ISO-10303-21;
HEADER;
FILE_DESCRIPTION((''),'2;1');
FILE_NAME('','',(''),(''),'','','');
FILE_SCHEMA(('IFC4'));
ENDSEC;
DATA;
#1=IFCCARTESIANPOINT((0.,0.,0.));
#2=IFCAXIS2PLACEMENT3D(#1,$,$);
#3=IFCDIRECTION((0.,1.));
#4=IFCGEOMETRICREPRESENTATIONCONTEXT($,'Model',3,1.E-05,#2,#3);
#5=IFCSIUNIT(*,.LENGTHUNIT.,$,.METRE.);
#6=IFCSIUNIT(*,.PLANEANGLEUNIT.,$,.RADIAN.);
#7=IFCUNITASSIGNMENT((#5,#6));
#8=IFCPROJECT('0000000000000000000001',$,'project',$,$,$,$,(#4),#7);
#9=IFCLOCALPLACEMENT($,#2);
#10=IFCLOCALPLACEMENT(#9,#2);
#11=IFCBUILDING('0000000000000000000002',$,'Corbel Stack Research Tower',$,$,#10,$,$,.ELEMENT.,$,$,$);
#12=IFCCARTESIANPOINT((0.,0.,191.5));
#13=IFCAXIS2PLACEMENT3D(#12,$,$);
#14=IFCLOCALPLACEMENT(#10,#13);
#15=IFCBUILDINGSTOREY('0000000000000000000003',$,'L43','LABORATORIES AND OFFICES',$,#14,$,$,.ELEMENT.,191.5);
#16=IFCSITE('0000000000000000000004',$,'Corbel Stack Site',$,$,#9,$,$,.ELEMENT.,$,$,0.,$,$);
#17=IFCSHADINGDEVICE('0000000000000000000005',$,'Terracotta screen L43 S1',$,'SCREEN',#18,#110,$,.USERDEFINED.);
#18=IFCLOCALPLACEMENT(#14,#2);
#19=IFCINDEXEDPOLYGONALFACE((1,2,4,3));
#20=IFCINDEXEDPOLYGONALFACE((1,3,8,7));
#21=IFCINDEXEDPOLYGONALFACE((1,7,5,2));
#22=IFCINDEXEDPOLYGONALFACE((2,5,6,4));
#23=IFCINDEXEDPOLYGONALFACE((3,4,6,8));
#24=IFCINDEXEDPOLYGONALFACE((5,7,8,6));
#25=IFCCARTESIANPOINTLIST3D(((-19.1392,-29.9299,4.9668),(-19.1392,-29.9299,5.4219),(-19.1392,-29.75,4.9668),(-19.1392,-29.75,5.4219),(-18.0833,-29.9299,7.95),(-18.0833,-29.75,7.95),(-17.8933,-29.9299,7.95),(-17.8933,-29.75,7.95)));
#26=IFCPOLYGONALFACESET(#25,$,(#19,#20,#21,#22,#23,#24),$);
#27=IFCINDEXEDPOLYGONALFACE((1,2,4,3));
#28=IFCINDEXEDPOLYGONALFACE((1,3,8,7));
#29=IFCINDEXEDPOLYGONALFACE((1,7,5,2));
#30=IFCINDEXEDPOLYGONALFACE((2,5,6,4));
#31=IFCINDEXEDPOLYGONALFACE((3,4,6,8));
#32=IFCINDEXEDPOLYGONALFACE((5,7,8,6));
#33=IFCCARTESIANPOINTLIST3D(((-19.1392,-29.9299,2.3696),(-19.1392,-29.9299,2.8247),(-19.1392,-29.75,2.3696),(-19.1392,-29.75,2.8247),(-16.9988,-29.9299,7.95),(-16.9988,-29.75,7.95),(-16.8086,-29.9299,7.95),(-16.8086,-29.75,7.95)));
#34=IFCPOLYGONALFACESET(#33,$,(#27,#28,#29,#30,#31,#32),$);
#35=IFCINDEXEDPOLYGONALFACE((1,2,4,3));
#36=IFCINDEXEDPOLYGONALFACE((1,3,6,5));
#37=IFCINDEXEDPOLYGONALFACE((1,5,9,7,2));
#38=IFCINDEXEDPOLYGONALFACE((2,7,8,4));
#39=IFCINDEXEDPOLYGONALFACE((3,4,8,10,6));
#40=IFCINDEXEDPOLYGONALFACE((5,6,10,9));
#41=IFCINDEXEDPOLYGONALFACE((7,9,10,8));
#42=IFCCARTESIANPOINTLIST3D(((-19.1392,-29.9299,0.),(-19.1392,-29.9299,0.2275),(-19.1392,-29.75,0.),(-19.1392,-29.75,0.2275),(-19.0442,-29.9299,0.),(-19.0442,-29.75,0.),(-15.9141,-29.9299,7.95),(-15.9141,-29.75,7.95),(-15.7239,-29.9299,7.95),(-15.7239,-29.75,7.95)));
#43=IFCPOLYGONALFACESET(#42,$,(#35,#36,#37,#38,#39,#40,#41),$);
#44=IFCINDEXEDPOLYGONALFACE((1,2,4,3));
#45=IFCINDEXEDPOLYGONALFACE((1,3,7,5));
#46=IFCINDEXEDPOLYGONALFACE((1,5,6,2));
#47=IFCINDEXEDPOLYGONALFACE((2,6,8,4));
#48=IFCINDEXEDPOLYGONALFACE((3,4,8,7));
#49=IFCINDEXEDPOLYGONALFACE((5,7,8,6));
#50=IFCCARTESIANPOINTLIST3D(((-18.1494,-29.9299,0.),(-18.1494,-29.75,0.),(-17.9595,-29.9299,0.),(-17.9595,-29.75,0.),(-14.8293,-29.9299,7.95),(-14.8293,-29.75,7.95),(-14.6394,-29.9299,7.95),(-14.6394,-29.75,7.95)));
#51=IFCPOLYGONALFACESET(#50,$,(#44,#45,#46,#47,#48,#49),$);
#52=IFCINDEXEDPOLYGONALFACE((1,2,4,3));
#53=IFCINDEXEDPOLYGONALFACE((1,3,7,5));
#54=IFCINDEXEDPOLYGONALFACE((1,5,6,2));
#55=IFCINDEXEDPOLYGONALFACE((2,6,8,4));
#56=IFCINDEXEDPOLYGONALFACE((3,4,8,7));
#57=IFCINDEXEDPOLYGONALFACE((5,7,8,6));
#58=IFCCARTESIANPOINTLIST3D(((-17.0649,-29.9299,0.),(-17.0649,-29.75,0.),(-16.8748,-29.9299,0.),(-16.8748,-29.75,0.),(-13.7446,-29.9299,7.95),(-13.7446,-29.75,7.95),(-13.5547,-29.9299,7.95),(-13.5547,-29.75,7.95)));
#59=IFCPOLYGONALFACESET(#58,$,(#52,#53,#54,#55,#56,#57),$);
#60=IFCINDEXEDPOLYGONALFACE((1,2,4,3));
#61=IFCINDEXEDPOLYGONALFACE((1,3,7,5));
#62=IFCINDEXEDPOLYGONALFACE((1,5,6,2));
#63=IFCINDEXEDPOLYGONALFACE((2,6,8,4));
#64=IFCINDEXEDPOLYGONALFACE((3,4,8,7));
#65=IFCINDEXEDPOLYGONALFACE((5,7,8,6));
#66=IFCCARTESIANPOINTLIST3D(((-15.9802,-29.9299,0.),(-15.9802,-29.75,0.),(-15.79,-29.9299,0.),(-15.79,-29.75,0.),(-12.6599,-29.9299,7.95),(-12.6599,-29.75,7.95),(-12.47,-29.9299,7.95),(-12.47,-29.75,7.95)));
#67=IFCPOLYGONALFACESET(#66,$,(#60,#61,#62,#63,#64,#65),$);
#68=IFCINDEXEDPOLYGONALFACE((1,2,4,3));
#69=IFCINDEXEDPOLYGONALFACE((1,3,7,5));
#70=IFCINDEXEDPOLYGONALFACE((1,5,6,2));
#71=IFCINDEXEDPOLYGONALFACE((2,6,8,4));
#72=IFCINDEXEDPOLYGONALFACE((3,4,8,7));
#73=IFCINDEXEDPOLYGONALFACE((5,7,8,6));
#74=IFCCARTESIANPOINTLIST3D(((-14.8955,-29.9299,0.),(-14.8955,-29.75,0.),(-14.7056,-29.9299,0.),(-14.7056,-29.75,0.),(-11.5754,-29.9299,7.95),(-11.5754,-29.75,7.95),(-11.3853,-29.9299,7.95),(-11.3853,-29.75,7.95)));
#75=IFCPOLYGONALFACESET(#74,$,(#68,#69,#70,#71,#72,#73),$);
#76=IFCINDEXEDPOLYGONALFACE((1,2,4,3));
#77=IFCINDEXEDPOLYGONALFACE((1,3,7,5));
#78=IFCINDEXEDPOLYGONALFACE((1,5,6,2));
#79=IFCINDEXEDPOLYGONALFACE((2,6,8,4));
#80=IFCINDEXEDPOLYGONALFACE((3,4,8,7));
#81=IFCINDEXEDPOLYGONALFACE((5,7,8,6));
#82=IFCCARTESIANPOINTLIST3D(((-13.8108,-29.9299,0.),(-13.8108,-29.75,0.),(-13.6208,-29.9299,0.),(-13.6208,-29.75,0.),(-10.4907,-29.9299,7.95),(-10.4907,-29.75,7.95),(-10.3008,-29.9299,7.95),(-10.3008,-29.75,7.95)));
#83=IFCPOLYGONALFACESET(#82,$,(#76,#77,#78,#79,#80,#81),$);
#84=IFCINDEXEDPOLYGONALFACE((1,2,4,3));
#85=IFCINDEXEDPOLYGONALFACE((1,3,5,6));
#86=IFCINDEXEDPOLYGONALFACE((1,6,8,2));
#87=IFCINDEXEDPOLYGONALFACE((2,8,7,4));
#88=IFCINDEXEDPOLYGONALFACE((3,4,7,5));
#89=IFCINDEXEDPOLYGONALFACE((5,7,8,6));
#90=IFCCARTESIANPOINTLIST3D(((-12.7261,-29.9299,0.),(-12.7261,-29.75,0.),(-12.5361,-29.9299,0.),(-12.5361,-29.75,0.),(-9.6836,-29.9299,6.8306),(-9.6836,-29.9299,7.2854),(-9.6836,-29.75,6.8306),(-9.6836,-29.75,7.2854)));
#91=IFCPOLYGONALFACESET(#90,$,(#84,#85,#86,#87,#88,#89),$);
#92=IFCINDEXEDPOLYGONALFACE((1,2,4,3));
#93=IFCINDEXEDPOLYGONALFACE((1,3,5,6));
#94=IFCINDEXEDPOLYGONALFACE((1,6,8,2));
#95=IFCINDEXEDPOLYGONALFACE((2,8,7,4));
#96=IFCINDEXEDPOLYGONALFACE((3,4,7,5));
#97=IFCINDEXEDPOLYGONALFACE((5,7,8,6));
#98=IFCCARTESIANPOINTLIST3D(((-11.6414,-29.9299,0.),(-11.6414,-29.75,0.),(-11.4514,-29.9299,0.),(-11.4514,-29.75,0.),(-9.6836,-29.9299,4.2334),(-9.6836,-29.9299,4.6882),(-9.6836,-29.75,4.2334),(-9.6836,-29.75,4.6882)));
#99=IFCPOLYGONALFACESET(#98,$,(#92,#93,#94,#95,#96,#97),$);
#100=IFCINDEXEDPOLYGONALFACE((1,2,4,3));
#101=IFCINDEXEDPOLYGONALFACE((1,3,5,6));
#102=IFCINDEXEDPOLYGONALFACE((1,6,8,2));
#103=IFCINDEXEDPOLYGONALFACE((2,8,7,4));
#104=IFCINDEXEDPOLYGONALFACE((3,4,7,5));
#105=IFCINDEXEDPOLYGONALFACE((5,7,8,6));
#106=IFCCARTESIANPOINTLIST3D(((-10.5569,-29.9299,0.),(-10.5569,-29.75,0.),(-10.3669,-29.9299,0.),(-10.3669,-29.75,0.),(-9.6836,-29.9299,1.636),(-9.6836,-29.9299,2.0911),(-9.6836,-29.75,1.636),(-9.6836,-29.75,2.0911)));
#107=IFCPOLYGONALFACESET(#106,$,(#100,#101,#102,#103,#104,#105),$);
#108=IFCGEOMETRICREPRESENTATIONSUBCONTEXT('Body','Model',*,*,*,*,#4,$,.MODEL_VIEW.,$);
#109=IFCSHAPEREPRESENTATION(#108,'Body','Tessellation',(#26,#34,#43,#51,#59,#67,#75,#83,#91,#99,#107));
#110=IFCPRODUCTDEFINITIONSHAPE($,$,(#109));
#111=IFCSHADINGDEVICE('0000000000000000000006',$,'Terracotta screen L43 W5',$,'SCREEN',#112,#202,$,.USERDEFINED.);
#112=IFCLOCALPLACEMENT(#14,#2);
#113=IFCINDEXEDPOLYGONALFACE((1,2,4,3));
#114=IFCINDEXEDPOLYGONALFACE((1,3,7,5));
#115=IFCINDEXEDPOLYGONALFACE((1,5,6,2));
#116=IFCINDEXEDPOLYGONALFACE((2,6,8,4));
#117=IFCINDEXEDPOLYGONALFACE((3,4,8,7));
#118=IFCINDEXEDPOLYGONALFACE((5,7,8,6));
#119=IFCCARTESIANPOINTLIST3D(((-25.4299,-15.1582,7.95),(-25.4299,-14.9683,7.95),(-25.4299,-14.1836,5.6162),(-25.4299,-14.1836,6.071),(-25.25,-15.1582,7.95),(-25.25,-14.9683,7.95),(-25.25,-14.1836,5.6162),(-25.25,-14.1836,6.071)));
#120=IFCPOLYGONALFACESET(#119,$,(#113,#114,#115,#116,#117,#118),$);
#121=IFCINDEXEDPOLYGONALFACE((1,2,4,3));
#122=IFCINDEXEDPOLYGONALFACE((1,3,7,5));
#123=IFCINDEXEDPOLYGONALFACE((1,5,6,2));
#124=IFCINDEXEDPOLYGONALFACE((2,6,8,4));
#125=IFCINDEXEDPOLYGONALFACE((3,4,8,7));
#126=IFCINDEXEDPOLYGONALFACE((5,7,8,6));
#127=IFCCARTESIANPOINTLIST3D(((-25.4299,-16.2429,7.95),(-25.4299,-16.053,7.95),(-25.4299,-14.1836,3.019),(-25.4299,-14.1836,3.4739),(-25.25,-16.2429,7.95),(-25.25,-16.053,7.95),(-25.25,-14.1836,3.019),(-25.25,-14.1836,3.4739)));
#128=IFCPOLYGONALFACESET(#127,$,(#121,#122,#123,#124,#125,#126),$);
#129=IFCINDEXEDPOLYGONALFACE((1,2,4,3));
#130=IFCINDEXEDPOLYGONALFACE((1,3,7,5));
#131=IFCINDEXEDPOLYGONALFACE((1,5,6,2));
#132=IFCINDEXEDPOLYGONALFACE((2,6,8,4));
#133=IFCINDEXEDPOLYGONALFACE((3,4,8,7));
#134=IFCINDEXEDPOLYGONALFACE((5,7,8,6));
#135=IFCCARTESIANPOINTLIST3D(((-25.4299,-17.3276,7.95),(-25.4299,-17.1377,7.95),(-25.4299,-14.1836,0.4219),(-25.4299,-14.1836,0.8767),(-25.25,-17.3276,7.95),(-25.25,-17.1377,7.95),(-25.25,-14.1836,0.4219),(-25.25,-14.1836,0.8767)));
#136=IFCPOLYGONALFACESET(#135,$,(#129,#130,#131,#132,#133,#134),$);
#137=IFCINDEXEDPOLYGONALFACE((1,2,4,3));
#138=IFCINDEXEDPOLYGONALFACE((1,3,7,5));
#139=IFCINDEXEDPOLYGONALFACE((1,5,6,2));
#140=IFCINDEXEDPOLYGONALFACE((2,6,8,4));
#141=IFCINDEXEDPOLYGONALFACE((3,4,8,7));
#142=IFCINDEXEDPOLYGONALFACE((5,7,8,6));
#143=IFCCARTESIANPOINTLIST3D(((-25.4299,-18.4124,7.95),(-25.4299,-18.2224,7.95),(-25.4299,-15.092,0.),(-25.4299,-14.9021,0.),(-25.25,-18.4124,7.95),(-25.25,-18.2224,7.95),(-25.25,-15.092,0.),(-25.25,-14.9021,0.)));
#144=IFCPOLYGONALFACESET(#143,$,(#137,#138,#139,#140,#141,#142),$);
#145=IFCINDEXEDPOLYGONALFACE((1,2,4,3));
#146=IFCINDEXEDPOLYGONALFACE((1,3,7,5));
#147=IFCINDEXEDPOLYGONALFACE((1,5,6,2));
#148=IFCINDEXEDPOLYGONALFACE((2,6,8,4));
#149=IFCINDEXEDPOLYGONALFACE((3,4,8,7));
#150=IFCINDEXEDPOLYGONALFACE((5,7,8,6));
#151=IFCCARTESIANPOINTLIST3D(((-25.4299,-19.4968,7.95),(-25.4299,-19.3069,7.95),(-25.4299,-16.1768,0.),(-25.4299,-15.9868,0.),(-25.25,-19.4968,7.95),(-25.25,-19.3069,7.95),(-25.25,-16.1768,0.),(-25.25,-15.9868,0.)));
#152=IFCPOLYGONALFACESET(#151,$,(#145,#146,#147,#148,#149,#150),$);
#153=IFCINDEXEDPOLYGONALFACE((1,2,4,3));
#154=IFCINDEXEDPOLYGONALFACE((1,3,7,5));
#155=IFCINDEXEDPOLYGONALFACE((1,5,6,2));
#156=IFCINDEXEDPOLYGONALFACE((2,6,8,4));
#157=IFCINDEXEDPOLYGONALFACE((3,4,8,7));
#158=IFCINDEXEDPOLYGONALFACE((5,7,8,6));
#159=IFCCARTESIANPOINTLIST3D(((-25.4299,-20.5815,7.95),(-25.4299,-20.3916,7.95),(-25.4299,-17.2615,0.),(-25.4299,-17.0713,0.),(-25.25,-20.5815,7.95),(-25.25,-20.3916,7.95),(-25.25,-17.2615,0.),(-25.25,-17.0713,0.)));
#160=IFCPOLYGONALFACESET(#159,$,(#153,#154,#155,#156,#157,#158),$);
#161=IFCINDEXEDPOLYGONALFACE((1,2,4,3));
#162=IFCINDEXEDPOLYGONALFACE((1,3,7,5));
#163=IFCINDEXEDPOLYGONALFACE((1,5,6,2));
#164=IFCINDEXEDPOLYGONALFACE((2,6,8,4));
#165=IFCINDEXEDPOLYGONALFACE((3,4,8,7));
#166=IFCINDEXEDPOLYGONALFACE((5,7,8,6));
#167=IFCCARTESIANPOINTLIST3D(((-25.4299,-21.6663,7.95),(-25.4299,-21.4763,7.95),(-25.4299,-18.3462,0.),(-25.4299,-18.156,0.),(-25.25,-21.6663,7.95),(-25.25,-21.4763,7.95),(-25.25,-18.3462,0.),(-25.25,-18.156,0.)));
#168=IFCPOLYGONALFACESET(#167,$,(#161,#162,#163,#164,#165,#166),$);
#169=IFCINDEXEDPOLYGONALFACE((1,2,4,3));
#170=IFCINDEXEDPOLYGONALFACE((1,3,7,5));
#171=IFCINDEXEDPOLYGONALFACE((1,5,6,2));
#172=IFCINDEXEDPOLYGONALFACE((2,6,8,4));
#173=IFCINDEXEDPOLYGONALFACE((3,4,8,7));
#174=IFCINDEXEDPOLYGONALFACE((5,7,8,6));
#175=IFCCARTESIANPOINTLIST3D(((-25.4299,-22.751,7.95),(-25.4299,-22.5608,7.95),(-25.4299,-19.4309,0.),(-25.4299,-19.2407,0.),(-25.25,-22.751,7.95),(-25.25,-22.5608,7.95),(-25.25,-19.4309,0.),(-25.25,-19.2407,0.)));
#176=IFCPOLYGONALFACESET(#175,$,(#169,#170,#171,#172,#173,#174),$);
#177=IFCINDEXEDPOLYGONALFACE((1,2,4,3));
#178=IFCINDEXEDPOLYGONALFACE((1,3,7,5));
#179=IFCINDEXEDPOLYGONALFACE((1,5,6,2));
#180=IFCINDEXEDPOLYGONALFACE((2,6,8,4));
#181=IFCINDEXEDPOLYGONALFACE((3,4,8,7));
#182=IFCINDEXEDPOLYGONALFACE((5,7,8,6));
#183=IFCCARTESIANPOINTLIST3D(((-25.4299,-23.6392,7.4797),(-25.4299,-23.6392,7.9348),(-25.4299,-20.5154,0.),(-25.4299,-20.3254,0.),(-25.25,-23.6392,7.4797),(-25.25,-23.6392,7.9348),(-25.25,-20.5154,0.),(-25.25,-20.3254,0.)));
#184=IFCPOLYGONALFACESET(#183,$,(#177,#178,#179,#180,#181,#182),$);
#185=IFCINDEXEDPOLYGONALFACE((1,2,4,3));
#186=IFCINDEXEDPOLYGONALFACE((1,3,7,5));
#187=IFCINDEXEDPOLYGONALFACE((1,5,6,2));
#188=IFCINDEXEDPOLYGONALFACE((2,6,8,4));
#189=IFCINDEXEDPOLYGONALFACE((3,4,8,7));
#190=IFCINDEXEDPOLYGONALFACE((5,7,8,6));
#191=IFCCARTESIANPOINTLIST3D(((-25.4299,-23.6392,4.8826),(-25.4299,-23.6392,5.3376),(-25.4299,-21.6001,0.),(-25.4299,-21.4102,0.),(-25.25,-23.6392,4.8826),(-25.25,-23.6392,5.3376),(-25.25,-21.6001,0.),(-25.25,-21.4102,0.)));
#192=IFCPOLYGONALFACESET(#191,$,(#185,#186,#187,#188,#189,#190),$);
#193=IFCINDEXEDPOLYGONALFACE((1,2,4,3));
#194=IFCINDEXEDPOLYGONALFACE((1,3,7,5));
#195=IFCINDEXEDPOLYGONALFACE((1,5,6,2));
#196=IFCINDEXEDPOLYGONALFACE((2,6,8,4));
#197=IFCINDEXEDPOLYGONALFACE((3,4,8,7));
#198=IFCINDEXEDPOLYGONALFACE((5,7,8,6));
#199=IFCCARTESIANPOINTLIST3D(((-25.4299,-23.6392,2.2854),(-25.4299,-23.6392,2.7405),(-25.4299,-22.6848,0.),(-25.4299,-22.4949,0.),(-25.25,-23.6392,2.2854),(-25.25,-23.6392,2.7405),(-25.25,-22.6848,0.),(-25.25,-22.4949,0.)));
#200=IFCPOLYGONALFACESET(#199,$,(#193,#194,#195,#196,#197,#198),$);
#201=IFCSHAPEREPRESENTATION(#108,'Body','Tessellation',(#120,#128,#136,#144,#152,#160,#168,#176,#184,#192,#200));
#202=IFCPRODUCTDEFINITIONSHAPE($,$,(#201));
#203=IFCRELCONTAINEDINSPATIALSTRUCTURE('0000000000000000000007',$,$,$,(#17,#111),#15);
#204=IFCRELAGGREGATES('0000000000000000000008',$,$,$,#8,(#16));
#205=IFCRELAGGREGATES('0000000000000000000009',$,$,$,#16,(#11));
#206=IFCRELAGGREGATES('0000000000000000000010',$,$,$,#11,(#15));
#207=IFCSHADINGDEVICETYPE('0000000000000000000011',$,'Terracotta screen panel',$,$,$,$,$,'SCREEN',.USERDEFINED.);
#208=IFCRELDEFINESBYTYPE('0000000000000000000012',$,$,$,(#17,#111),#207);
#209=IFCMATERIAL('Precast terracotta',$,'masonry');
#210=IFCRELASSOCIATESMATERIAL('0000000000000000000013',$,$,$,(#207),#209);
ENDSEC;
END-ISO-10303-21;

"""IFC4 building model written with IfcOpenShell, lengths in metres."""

from ifc_helpers import new_model, si_unit, direction, frame, origin, place, context, subcontext, project, spatial, polyline, outline, extrude, source, transform, mapped, material, type_object, element, save


model = new_model("IFC4")

# Units and contexts
model_context = context("Model", 3, precision=1e-05, world=origin(), true_north=direction((0.0, 1.0)))
body_context = subcontext(model_context, "Body", "Model", "MODEL_VIEW")
ifc_project = project(units=[si_unit("LENGTHUNIT", "METRE"), si_unit("PLANEANGLEUNIT", "RADIAN")], contexts=[model_context])

# Site, building, storey
site_placement = place(None, origin())
site = spatial("IfcSite", under=ifc_project, at=site_placement, Name="Corbel Stack Site", CompositionType="ELEMENT", RefElevation=0.0)
building_placement = place(site_placement, origin())
building = spatial("IfcBuilding", under=site, at=building_placement, Name="Corbel Stack Research Tower", CompositionType="ELEMENT")
storey_placement = place(building_placement, frame((0.0, 0.0, 191.5)))
storey = spatial("IfcBuildingStorey", under=building, at=storey_placement, Name="L43", Description="LABORATORIES AND OFFICES", CompositionType="ELEMENT", Elevation=191.5)

# Shading devices
ifc_material_1 = material(Name="Precast terracotta", Category="masonry")
shading_device_type = type_object("IfcShadingDeviceType", Name="Terracotta screen panel", ElementType="SCREEN", PredefinedType="USERDEFINED", material=ifc_material_1)
shared_shape_1 = source(origin(), body_context, "Body", "SweptSolid", [
    extrude(outline(polyline([(1.2458, 7.95), (1.0559, 7.95), (0.0, 5.4219), (0.0, 4.9668), (1.2458, 7.95)])), frame((0.0, 0.0, 0.0), z_axis=(0.0, -1.0, 0.0), x_axis=(1.0, 0.0, 0.0)), (0.0, 0.0, 1.0), 0.1799),
    extrude(outline(polyline([(2.3306, 7.95), (2.1404, 7.95), (0.0, 2.8247), (0.0, 2.3696), (2.3306, 7.95)])), frame((0.0, 0.0, 0.0), z_axis=(0.0, -1.0, 0.0), x_axis=(1.0, 0.0, 0.0)), (0.0, 0.0, 1.0), 0.1799),
    extrude(outline(polyline([(0.095, 0.0), (3.4153, 7.95), (3.2251, 7.95), (0.0, 0.2275), (0.0, 0.0), (0.095, 0.0)])), frame((0.0, 0.0, 0.0), z_axis=(0.0, -1.0, 0.0), x_axis=(1.0, 0.0, 0.0)), (0.0, 0.0, 1.0), 0.1799),
    extrude(outline(polyline([(1.1797, 0.0), (4.4998, 7.95), (4.3098, 7.95), (0.9897, 0.0), (1.1797, 0.0)])), frame((0.0, 0.0, 0.0), z_axis=(0.0, -1.0, 0.0), x_axis=(1.0, 0.0, 0.0)), (0.0, 0.0, 1.0), 0.1799),
    extrude(outline(polyline([(2.2644, 0.0), (5.5845, 7.95), (5.3945, 7.95), (2.0742, 0.0), (2.2644, 0.0)])), frame((0.0, 0.0, 0.0), z_axis=(0.0, -1.0, 0.0), x_axis=(1.0, 0.0, 0.0)), (0.0, 0.0, 1.0), 0.1799),
    extrude(outline(polyline([(3.3491, 0.0), (6.6692, 7.95), (6.4792, 7.95), (3.1589, 0.0), (3.3491, 0.0)])), frame((0.0, 0.0, 0.0), z_axis=(0.0, -1.0, 0.0), x_axis=(1.0, 0.0, 0.0)), (0.0, 0.0, 1.0), 0.1799),
    extrude(outline(polyline([(4.4336, 0.0), (7.7539, 7.95), (7.5637, 7.95), (4.2437, 0.0), (4.4336, 0.0)])), frame((0.0, 0.0, 0.0), z_axis=(0.0, -1.0, 0.0), x_axis=(1.0, 0.0, 0.0)), (0.0, 0.0, 1.0), 0.1799),
    extrude(outline(polyline([(5.5183, 0.0), (8.8384, 7.95), (8.6484, 7.95), (5.3284, 0.0), (5.5183, 0.0)])), frame((0.0, 0.0, 0.0), z_axis=(0.0, -1.0, 0.0), x_axis=(1.0, 0.0, 0.0)), (0.0, 0.0, 1.0), 0.1799),
    extrude(outline(polyline([(6.603, 0.0), (9.4556, 6.8306), (9.4556, 7.2854), (6.4131, 0.0), (6.603, 0.0)])), frame((0.0, 0.0, 0.0), z_axis=(0.0, -1.0, 0.0), x_axis=(1.0, 0.0, 0.0)), (0.0, 0.0, 1.0), 0.1799),
    extrude(outline(polyline([(7.6877, 0.0), (9.4556, 4.2334), (9.4556, 4.6882), (7.4978, 0.0), (7.6877, 0.0)])), frame((0.0, 0.0, 0.0), z_axis=(0.0, -1.0, 0.0), x_axis=(1.0, 0.0, 0.0)), (0.0, 0.0, 1.0), 0.1799),
    extrude(outline(polyline([(8.7722, 0.0), (9.4556, 1.636), (9.4556, 2.0911), (8.5823, 0.0), (8.7722, 0.0)])), frame((0.0, 0.0, 0.0), z_axis=(0.0, -1.0, 0.0), x_axis=(1.0, 0.0, 0.0)), (0.0, 0.0, 1.0), 0.1799),
])
shading_device_1_placement = place(storey_placement, frame((-19.1392, -29.75, 0.0), z_axis=(0.0, 0.0, 1.0), x_axis=(1.0, 0.0, 0.0)))
element("IfcShadingDevice", 1, at=shading_device_1_placement, inside=storey, type_object=shading_device_type, Name="Terracotta screen L43 S1", ObjectType="SCREEN", PredefinedType="USERDEFINED", context=body_context, shape_type="MappedRepresentation", body=[
    mapped(shared_shape_1, transform((0.0, 0.0, 0.0))),
])
shared_shape_2 = source(origin(), body_context, "Body", "SweptSolid", [
    extrude(outline(polyline([(0.9746, 7.95), (0.7847, 7.95), (0.0, 6.071), (0.0, 5.6162), (0.9746, 7.95)])), frame((0.0, 0.0, 0.0), z_axis=(0.0, -1.0, 0.0), x_axis=(1.0, 0.0, 0.0)), (0.0, 0.0, 1.0), 0.1799),
    extrude(outline(polyline([(2.0593, 7.95), (1.8694, 7.95), (0.0, 3.4739), (0.0, 3.019), (2.0593, 7.95)])), frame((0.0, 0.0, 0.0), z_axis=(0.0, -1.0, 0.0), x_axis=(1.0, 0.0, 0.0)), (0.0, 0.0, 1.0), 0.1799),
    extrude(outline(polyline([(3.144, 7.95), (2.9541, 7.95), (0.0, 0.8767), (0.0, 0.4219), (3.144, 7.95)])), frame((0.0, 0.0, 0.0), z_axis=(0.0, -1.0, 0.0), x_axis=(1.0, 0.0, 0.0)), (0.0, 0.0, 1.0), 0.1799),
    extrude(outline(polyline([(0.9084, 0.0), (4.2288, 7.95), (4.0388, 7.95), (0.7185, 0.0), (0.9084, 0.0)])), frame((0.0, 0.0, 0.0), z_axis=(0.0, -1.0, 0.0), x_axis=(1.0, 0.0, 0.0)), (0.0, 0.0, 1.0), 0.1799),
    extrude(outline(polyline([(1.9932, 0.0), (5.3132, 7.95), (5.1233, 7.95), (1.8032, 0.0), (1.9932, 0.0)])), frame((0.0, 0.0, 0.0), z_axis=(0.0, -1.0, 0.0), x_axis=(1.0, 0.0, 0.0)), (0.0, 0.0, 1.0), 0.1799),
    extrude(outline(polyline([(3.0779, 0.0), (6.3979, 7.95), (6.208, 7.95), (2.8877, 0.0), (3.0779, 0.0)])), frame((0.0, 0.0, 0.0), z_axis=(0.0, -1.0, 0.0), x_axis=(1.0, 0.0, 0.0)), (0.0, 0.0, 1.0), 0.1799),
    extrude(outline(polyline([(4.1626, 0.0), (7.4827, 7.95), (7.2927, 7.95), (3.9724, 0.0), (4.1626, 0.0)])), frame((0.0, 0.0, 0.0), z_axis=(0.0, -1.0, 0.0), x_axis=(1.0, 0.0, 0.0)), (0.0, 0.0, 1.0), 0.1799),
    extrude(outline(polyline([(5.2473, 0.0), (8.5674, 7.95), (8.3772, 7.95), (5.0571, 0.0), (5.2473, 0.0)])), frame((0.0, 0.0, 0.0), z_axis=(0.0, -1.0, 0.0), x_axis=(1.0, 0.0, 0.0)), (0.0, 0.0, 1.0), 0.1799),
    extrude(outline(polyline([(6.3318, 0.0), (9.4556, 7.4797), (9.4556, 7.9348), (6.1418, 0.0), (6.3318, 0.0)])), frame((0.0, 0.0, 0.0), z_axis=(0.0, -1.0, 0.0), x_axis=(1.0, 0.0, 0.0)), (0.0, 0.0, 1.0), 0.1799),
    extrude(outline(polyline([(7.4165, 0.0), (9.4556, 4.8826), (9.4556, 5.3376), (7.2266, 0.0), (7.4165, 0.0)])), frame((0.0, 0.0, 0.0), z_axis=(0.0, -1.0, 0.0), x_axis=(1.0, 0.0, 0.0)), (0.0, 0.0, 1.0), 0.1799),
    extrude(outline(polyline([(8.5012, 0.0), (9.4556, 2.2854), (9.4556, 2.7405), (8.3113, 0.0), (8.5012, 0.0)])), frame((0.0, 0.0, 0.0), z_axis=(0.0, -1.0, 0.0), x_axis=(1.0, 0.0, 0.0)), (0.0, 0.0, 1.0), 0.1799),
])
shading_device_2_placement = place(storey_placement, frame((-25.25, -14.1836, 0.0), z_axis=(0.0, 0.0, 1.0), x_axis=(0.0, -1.0, 0.0)))
element("IfcShadingDevice", 2, at=shading_device_2_placement, inside=storey, type_object=shading_device_type, Name="Terracotta screen L43 W5", ObjectType="SCREEN", PredefinedType="USERDEFINED", context=body_context, shape_type="MappedRepresentation", body=[
    mapped(shared_shape_2, transform((0.0, 0.0, 0.0))),
])

save(model, "model.ifc")
